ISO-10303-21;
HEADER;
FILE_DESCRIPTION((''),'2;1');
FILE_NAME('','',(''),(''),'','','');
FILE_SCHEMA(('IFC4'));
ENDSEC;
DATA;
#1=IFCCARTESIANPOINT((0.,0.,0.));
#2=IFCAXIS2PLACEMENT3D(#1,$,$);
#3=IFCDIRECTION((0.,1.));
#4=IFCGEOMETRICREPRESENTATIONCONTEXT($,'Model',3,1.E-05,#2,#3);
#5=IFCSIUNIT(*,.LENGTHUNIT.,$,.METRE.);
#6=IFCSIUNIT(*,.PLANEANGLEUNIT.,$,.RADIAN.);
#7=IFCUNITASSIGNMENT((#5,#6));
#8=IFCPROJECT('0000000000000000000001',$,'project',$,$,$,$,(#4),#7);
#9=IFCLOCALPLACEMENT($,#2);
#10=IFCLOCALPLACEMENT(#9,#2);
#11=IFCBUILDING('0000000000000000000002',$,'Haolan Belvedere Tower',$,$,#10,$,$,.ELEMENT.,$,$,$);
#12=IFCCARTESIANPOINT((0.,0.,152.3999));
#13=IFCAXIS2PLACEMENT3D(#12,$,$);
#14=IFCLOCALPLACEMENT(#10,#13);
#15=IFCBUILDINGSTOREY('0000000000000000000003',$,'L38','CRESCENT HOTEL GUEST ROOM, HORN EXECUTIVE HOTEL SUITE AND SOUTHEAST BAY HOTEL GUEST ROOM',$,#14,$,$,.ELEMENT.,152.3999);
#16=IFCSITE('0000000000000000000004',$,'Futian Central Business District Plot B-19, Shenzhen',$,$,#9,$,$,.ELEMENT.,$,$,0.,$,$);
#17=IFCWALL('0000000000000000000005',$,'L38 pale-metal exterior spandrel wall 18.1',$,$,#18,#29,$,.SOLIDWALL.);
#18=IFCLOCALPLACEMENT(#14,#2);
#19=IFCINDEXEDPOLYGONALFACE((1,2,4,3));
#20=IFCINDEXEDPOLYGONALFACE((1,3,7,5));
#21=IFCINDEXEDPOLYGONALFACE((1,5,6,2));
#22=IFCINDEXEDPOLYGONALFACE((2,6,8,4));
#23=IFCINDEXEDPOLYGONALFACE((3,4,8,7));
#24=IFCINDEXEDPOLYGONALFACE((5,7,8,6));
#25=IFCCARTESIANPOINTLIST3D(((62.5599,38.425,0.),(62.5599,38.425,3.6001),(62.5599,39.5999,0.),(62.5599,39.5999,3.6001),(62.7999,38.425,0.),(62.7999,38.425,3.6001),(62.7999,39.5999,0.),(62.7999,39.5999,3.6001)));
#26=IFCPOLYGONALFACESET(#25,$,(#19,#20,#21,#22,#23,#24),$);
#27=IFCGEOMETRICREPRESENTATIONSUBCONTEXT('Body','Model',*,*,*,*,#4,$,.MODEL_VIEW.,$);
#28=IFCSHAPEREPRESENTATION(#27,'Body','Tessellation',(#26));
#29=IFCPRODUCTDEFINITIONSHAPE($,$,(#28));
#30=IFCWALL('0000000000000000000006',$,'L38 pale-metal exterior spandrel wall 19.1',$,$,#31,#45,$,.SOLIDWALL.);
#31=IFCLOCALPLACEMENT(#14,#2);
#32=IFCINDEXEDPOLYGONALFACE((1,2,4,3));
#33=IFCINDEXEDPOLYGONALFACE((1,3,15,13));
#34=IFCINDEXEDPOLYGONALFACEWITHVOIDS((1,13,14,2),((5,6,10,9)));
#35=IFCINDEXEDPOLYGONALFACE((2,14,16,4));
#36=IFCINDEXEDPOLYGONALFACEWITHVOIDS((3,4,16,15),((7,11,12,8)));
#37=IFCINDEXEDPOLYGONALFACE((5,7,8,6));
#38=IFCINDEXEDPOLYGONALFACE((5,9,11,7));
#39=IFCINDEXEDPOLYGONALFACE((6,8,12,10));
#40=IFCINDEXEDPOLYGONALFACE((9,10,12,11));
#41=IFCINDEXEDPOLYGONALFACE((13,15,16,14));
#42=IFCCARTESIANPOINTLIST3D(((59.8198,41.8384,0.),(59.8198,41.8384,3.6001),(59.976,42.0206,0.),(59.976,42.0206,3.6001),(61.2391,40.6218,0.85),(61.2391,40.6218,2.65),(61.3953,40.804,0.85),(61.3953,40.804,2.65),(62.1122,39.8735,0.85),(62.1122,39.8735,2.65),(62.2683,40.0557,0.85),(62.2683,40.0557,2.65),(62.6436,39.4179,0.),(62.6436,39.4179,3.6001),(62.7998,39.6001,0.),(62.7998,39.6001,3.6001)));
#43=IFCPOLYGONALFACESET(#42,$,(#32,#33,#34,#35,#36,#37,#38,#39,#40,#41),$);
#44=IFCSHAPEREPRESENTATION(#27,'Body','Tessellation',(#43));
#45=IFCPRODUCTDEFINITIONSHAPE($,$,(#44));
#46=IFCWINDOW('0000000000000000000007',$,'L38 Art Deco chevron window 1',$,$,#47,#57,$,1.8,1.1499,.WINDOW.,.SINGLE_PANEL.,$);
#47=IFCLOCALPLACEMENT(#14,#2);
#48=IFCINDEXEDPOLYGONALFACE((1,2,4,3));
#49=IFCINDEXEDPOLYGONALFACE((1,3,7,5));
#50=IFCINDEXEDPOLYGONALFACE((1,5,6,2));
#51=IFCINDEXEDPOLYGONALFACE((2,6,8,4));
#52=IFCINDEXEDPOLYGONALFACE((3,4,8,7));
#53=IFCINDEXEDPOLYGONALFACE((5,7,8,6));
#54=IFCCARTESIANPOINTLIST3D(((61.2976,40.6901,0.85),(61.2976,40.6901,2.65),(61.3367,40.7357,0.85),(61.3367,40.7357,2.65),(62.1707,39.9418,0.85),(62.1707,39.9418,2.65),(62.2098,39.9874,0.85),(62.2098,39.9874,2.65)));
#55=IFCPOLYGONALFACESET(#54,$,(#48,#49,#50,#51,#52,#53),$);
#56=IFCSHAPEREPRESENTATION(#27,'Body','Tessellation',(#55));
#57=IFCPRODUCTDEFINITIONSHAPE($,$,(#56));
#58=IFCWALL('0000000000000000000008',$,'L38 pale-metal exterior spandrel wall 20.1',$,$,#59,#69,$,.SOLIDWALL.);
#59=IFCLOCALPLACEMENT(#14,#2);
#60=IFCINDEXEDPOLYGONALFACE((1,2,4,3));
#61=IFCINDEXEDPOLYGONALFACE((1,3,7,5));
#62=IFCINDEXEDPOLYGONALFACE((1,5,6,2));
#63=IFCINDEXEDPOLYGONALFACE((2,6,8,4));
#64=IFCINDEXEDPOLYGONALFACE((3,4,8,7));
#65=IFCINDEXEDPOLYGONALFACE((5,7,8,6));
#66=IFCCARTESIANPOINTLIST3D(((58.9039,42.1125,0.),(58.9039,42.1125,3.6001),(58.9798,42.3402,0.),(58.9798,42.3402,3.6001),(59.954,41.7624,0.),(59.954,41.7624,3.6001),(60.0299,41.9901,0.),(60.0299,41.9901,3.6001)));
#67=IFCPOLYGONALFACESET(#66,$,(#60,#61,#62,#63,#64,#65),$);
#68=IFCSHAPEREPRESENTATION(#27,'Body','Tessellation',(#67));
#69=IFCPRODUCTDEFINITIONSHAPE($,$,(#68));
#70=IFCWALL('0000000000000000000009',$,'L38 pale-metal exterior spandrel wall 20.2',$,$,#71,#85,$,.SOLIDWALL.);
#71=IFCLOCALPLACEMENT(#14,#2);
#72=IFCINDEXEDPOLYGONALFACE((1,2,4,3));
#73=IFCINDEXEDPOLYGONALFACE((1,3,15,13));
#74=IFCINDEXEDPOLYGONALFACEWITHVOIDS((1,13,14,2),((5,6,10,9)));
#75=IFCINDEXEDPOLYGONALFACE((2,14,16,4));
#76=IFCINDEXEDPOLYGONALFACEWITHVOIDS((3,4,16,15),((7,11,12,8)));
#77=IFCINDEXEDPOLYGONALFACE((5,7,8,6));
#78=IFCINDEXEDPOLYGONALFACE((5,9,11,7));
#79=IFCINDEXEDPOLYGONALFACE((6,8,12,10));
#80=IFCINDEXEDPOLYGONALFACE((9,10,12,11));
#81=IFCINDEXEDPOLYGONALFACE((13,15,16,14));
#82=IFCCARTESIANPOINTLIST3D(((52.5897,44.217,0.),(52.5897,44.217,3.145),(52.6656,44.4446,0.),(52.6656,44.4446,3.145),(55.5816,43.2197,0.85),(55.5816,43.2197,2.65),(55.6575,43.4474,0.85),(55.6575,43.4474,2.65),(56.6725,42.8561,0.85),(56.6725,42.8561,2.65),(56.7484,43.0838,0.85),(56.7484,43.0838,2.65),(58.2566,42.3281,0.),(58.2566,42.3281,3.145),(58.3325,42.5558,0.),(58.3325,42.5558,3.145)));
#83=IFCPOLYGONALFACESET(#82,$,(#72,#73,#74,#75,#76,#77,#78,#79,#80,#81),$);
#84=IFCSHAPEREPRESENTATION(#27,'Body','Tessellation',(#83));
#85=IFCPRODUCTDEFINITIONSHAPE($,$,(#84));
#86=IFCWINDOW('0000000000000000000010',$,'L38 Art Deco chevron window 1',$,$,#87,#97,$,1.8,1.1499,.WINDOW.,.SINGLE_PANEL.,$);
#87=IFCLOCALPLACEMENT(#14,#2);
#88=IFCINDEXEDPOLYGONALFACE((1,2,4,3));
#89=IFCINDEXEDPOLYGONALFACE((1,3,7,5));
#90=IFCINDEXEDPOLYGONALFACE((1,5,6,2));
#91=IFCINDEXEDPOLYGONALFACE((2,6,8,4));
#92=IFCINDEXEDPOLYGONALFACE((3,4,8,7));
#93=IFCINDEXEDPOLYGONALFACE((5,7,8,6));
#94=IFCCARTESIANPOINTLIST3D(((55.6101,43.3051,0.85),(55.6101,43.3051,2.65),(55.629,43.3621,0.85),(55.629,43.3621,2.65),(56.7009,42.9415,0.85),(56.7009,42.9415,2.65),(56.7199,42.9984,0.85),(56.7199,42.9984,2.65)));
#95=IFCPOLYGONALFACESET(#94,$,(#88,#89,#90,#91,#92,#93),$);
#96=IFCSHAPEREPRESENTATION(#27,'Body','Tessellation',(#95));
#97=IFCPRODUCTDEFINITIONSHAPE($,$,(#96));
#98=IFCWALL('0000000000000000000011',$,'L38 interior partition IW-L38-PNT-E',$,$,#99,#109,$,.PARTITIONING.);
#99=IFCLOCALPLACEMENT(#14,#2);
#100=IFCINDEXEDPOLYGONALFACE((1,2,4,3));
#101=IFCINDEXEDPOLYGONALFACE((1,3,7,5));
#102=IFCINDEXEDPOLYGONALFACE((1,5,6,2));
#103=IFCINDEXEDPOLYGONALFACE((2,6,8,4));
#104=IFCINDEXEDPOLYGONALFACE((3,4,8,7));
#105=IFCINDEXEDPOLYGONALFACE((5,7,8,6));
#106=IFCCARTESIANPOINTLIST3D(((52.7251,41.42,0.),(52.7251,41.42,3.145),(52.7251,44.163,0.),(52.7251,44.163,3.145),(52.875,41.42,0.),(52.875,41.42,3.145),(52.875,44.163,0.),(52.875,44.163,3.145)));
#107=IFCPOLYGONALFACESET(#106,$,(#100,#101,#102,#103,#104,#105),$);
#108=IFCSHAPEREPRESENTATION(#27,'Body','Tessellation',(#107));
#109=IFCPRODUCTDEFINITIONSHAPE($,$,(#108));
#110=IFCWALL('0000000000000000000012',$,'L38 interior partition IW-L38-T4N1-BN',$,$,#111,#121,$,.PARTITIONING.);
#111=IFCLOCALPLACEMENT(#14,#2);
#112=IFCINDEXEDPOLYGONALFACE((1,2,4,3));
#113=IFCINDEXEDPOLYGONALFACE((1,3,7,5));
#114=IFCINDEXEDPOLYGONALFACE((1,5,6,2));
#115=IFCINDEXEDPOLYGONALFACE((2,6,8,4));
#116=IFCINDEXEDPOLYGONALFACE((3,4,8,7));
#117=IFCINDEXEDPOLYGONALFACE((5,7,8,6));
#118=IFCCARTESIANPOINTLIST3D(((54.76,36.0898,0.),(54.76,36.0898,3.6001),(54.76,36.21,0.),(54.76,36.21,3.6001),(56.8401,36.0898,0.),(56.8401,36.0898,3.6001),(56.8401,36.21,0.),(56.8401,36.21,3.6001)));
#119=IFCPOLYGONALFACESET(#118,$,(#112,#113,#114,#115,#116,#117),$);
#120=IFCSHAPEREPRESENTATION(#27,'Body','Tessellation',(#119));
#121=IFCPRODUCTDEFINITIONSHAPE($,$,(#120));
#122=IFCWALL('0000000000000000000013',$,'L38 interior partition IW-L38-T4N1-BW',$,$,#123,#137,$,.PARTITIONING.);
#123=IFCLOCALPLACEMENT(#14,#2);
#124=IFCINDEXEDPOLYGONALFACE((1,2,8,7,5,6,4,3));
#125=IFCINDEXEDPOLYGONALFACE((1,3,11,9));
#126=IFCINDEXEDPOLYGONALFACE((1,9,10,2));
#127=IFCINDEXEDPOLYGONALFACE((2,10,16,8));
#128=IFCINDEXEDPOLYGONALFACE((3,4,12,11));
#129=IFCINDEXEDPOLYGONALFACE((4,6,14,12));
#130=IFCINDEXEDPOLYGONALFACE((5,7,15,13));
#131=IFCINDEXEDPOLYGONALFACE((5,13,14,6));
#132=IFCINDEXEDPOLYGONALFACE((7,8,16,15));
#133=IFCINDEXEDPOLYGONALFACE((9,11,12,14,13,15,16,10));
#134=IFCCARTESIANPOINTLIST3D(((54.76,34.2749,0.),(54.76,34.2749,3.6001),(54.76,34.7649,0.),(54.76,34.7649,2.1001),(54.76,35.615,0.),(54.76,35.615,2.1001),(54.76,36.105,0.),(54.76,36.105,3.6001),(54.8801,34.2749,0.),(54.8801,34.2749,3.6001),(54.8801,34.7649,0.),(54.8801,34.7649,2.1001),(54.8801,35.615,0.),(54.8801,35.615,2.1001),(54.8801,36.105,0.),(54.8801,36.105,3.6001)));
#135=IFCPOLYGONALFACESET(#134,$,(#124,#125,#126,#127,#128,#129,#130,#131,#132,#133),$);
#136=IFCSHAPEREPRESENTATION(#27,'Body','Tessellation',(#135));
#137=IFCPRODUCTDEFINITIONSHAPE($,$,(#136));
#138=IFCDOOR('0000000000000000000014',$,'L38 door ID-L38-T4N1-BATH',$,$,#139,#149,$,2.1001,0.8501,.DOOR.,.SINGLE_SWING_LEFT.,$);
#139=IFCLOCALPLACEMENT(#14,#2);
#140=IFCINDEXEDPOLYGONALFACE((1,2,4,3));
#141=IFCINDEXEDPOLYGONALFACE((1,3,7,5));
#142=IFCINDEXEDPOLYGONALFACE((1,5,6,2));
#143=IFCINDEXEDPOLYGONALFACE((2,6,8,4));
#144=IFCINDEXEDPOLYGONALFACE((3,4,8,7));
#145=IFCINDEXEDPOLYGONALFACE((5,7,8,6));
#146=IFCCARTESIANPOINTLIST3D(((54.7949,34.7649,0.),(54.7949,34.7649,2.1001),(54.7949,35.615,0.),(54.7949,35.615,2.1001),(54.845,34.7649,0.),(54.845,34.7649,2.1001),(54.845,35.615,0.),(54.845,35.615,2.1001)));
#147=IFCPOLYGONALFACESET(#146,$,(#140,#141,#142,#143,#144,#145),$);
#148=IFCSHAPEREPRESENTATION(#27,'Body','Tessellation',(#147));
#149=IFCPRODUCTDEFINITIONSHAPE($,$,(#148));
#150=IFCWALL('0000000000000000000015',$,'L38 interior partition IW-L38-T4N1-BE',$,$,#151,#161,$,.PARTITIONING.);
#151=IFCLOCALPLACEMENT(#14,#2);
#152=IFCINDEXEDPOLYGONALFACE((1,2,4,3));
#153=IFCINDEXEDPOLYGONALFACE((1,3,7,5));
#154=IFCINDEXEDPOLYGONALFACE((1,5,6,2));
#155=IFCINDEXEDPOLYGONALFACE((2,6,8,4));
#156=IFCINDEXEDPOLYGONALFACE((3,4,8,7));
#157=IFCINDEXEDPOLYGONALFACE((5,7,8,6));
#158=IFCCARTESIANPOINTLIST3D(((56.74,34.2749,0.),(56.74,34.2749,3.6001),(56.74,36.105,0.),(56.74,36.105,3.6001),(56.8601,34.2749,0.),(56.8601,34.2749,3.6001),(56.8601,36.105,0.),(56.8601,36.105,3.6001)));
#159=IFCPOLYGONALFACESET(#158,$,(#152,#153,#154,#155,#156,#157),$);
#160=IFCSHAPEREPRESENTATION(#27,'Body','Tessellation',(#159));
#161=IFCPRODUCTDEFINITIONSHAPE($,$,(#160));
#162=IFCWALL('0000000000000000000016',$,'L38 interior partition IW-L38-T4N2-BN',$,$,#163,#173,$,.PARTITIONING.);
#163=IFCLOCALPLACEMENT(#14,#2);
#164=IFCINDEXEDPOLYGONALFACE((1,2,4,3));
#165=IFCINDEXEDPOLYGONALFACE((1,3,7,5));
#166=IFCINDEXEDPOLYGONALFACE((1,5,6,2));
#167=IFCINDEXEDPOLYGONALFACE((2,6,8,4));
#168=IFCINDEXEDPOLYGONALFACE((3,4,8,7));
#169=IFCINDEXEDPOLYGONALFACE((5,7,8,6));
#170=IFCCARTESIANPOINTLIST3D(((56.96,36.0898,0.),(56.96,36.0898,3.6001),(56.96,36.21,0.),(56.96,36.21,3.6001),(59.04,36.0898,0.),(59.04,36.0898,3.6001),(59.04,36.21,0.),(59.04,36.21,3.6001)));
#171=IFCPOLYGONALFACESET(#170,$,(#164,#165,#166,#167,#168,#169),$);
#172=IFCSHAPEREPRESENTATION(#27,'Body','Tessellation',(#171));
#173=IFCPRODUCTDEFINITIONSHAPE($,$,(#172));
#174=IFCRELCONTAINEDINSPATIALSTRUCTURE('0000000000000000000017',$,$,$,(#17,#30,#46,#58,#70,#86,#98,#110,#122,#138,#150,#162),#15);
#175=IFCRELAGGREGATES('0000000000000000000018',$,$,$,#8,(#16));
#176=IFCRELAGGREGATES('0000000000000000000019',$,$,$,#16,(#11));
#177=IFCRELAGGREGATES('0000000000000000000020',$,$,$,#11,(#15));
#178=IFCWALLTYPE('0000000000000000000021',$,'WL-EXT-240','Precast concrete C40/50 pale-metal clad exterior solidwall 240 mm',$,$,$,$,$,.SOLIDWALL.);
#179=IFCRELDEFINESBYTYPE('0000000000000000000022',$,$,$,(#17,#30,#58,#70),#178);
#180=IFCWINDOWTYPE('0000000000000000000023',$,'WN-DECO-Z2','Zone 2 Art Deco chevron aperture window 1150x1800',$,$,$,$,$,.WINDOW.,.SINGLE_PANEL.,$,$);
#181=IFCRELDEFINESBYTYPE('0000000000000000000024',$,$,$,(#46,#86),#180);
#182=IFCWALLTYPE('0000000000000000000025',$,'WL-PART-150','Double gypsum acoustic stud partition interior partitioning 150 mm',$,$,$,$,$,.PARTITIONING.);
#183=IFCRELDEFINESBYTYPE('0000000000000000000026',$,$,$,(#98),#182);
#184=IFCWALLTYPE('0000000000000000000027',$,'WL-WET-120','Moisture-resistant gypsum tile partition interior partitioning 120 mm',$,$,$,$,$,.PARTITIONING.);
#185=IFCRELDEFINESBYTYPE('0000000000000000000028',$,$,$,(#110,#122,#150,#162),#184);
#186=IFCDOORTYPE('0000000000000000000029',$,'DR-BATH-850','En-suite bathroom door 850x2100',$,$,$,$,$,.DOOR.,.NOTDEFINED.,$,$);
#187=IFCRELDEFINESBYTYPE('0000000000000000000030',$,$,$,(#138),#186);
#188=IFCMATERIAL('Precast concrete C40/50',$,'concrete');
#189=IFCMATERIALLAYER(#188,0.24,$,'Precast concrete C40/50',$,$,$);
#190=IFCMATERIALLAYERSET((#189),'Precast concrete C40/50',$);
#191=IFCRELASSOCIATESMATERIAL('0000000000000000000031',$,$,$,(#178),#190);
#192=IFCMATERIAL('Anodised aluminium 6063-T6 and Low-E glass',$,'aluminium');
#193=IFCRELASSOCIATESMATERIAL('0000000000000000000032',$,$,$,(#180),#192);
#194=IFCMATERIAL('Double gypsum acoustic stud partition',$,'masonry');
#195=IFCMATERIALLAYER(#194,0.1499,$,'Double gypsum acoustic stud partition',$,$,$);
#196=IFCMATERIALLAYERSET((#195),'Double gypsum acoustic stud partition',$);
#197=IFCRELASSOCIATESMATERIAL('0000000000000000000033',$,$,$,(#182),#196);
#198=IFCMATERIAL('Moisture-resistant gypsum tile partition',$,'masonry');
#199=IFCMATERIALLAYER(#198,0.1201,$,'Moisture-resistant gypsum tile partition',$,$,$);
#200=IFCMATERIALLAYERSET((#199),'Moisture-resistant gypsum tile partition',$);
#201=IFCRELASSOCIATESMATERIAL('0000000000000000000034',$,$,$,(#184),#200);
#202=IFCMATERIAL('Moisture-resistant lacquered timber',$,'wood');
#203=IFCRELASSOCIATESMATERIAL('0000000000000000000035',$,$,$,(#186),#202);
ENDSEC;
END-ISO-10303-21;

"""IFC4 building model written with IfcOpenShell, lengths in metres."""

from ifc_helpers import new_model, si_unit, direction, frame, frame_2d, origin, place, context, subcontext, project, spatial, rectangle, extrude, material, layer, layer_set, type_object, element, fill, save


model = new_model("IFC4")

# Units and contexts
model_context = context("Model", 3, precision=1e-05, world=origin(), true_north=direction((0.0, 1.0)))
body_context = subcontext(model_context, "Body", "Model", "MODEL_VIEW")
ifc_project = project(units=[si_unit("LENGTHUNIT", "METRE"), si_unit("PLANEANGLEUNIT", "RADIAN")], contexts=[model_context])

# Site, building, storey
site_placement = place(None, origin())
site = spatial("IfcSite", under=ifc_project, at=site_placement, Name="Futian Central Business District Plot B-19, Shenzhen", CompositionType="ELEMENT", RefElevation=0.0)
building_placement = place(site_placement, origin())
building = spatial("IfcBuilding", under=site, at=building_placement, Name="Haolan Belvedere Tower", CompositionType="ELEMENT")
storey_placement = place(building_placement, frame((0.0, 0.0, 152.3999)))
storey = spatial("IfcBuildingStorey", under=building, at=storey_placement, Name="L38", Description="CRESCENT HOTEL GUEST ROOM, HORN EXECUTIVE HOTEL SUITE AND SOUTHEAST BAY HOTEL GUEST ROOM", CompositionType="ELEMENT", Elevation=152.3999)

# Wall
ifc_material_1 = material(Name="Precast concrete C40/50", Category="concrete")
ifc_layer_1 = layer(ifc_material_1, 0.24, Name="Precast concrete C40/50")
ifc_layer_set_1 = layer_set([ifc_layer_1], Name="Precast concrete C40/50")
wall_type_1 = type_object("IfcWallType", Name="WL-EXT-240", Description="Precast concrete C40/50 pale-metal clad exterior solidwall 240 mm", PredefinedType="SOLIDWALL", material=ifc_layer_set_1)
wall_1_placement = place(storey_placement, frame((62.6799, 38.425, 0.0), z_axis=(0.0, 0.0, 1.0), x_axis=(0.0, 1.0, 0.0)))
element("IfcWall", 1, at=wall_1_placement, inside=storey, type_object=wall_type_1, Name="L38 pale-metal exterior spandrel wall 18.1", PredefinedType="SOLIDWALL", context=body_context, shape_type="SweptSolid", body=[
    extrude(rectangle(XDim=1.1748, YDim=0.24, at=frame_2d((0.5874, 0.0))), origin(), (0.0, 0.0, 1.0), 3.6001),
])

# Wall, opening, window
wall_2_placement = place(storey_placement, frame((62.7217, 39.509, 0.0), z_axis=(0.0, 0.0, 1.0), x_axis=(-0.759247, 0.650802, 0.0)))
wall_2 = element("IfcWall", 2, at=wall_2_placement, inside=storey, type_object=wall_type_1, Name="L38 pale-metal exterior spandrel wall 19.1", PredefinedType="SOLIDWALL", context=body_context, shape_type="SweptSolid", body=[
    extrude(rectangle(XDim=3.7192, YDim=0.24, at=frame_2d((1.8596, 0.0))), origin(), (0.0, 0.0, 1.0), 3.6001),
])
opening_1_placement = place(wall_2_placement, frame((0.7, 0.0, 0.8501)))
opening_1 = element("IfcOpeningElement", 3, at=opening_1_placement, cuts=wall_2, PredefinedType="OPENING", context=body_context, shape_type="SweptSolid", body=[
    extrude(rectangle(XDim=1.1499, YDim=1.8, at=frame_2d((0.575, 0.8999))), frame((0.0, 0.1299, 0.0), z_axis=(0.0, -1.0, 0.0), x_axis=(1.0, 0.0, 0.0)), (0.0, 0.0, 1.0), 0.26),
])
ifc_material_2 = material(Name="Anodised aluminium 6063-T6 and Low-E glass", Category="aluminium")
window_type = type_object("IfcWindowType", Name="WN-DECO-Z2", Description="Zone 2 Art Deco chevron aperture window 1150x1800", PartitioningType="SINGLE_PANEL", PredefinedType="WINDOW", material=ifc_material_2)
window_1_placement = place(opening_1_placement, origin())
window_1 = element("IfcWindow", 4, at=window_1_placement, inside=storey, type_object=window_type, Name="L38 Art Deco chevron window 1", OverallHeight=1.8, OverallWidth=1.1499, PartitioningType="SINGLE_PANEL", PredefinedType="WINDOW", context=body_context, shape_type="SweptSolid", body=[
    extrude(rectangle(XDim=1.1499, YDim=1.8, at=frame_2d((0.575, 0.8999))), frame((0.0, 0.03, 0.0), z_axis=(0.0, -1.0, 0.0), x_axis=(1.0, 0.0, 0.0)), (0.0, 0.0, 1.0), 0.0601),
])
fill(opening_1, window_1)

# Wall
wall_3_placement = place(storey_placement, frame((59.9919, 41.8762, 0.0), z_axis=(0.0, 0.0, 1.0), x_axis=(-0.948661, 0.316294, 0.0)))
element("IfcWall", 5, at=wall_3_placement, inside=storey, type_object=wall_type_1, Name="L38 pale-metal exterior spandrel wall 20.1", PredefinedType="SOLIDWALL", context=body_context, shape_type="SweptSolid", body=[
    extrude(rectangle(XDim=1.1069, YDim=0.24, at=frame_2d((0.5535, 0.0))), origin(), (0.0, 0.0, 1.0), 3.6001),
])

# Wall, opening, window
wall_4_placement = place(storey_placement, frame((58.2947, 42.4419, 0.0), z_axis=(0.0, 0.0, 1.0), x_axis=(-0.948687, 0.316216, 0.0)))
wall_4 = element("IfcWall", 6, at=wall_4_placement, inside=storey, type_object=wall_type_1, Name="L38 pale-metal exterior spandrel wall 20.2", PredefinedType="SOLIDWALL", context=body_context, shape_type="SweptSolid", body=[
    extrude(rectangle(XDim=5.9734, YDim=0.24, at=frame_2d((2.9868, 0.0))), origin(), (0.0, 0.0, 1.0), 3.145),
])
opening_2_placement = place(wall_4_placement, frame((1.6699, 0.0, 0.8501)))
opening_2 = element("IfcOpeningElement", 7, at=opening_2_placement, cuts=wall_4, PredefinedType="OPENING", context=body_context, shape_type="SweptSolid", body=[
    extrude(rectangle(XDim=1.1499, YDim=1.8, at=frame_2d((0.575, 0.8999))), frame((0.0, 0.1299, 0.0), z_axis=(0.0, -1.0, 0.0), x_axis=(1.0, 0.0, 0.0)), (0.0, 0.0, 1.0), 0.26),
])
window_2_placement = place(opening_2_placement, origin())
window_2 = element("IfcWindow", 8, at=window_2_placement, inside=storey, type_object=window_type, Name="L38 Art Deco chevron window 1", OverallHeight=1.8, OverallWidth=1.1499, PartitioningType="SINGLE_PANEL", PredefinedType="WINDOW", context=body_context, shape_type="SweptSolid", body=[
    extrude(rectangle(XDim=1.1499, YDim=1.8, at=frame_2d((0.575, 0.8999))), frame((0.0, 0.03, 0.0), z_axis=(0.0, -1.0, 0.0), x_axis=(1.0, 0.0, 0.0)), (0.0, 0.0, 1.0), 0.0601),
])
fill(opening_2, window_2)

# Walls
ifc_material_3 = material(Name="Double gypsum acoustic stud partition", Category="masonry")
ifc_layer_2 = layer(ifc_material_3, 0.1499, Name="Double gypsum acoustic stud partition")
ifc_layer_set_2 = layer_set([ifc_layer_2], Name="Double gypsum acoustic stud partition")
wall_type_2 = type_object("IfcWallType", Name="WL-PART-150", Description="Double gypsum acoustic stud partition interior partitioning 150 mm", PredefinedType="PARTITIONING", material=ifc_layer_set_2)
wall_5_placement = place(storey_placement, frame((52.8, 41.4199, 0.0), z_axis=(0.0, 0.0, 1.0), x_axis=(0.0, 1.0, 0.0)))
element("IfcWall", 9, at=wall_5_placement, inside=storey, type_object=wall_type_2, Name="L38 interior partition IW-L38-PNT-E", PredefinedType="PARTITIONING", context=body_context, shape_type="SweptSolid", body=[
    extrude(rectangle(XDim=2.7429, YDim=0.1499, at=frame_2d((1.3716, 0.0))), origin(), (0.0, 0.0, 1.0), 3.145),
])
ifc_material_4 = material(Name="Moisture-resistant gypsum tile partition", Category="masonry")
ifc_layer_3 = layer(ifc_material_4, 0.1201, Name="Moisture-resistant gypsum tile partition")
ifc_layer_set_3 = layer_set([ifc_layer_3], Name="Moisture-resistant gypsum tile partition")
wall_type_3 = type_object("IfcWallType", Name="WL-WET-120", Description="Moisture-resistant gypsum tile partition interior partitioning 120 mm", PredefinedType="PARTITIONING", material=ifc_layer_set_3)
wall_6_placement = place(storey_placement, frame((54.76, 36.1499, 0.0), z_axis=(0.0, 0.0, 1.0), x_axis=(1.0, 0.0, 0.0)))
element("IfcWall", 10, at=wall_6_placement, inside=storey, type_object=wall_type_3, Name="L38 interior partition IW-L38-T4N1-BN", PredefinedType="PARTITIONING", context=body_context, shape_type="SweptSolid", body=[
    extrude(rectangle(XDim=2.0801, YDim=0.1201, at=frame_2d((1.04, 0.0))), origin(), (0.0, 0.0, 1.0), 3.6001),
])

# Wall, opening, door
wall_7_placement = place(storey_placement, frame((54.8201, 34.2749, 0.0), z_axis=(0.0, 0.0, 1.0), x_axis=(0.0, 1.0, 0.0)))
wall_7 = element("IfcWall", 11, at=wall_7_placement, inside=storey, type_object=wall_type_3, Name="L38 interior partition IW-L38-T4N1-BW", PredefinedType="PARTITIONING", context=body_context, shape_type="SweptSolid", body=[
    extrude(rectangle(XDim=1.8301, YDim=0.1201, at=frame_2d((0.915, 0.0))), origin(), (0.0, 0.0, 1.0), 3.6001),
])
opening_3_placement = place(wall_7_placement, frame((1.3401, 0.0, 0.0), z_axis=(0.0, 0.0, 1.0), x_axis=(-1.0, 0.0, 0.0)))
opening_3 = element("IfcOpeningElement", 12, at=opening_3_placement, cuts=wall_7, PredefinedType="OPENING", context=body_context, shape_type="SweptSolid", body=[
    extrude(rectangle(XDim=0.8501, YDim=2.1001, at=frame_2d((0.425, 1.05))), frame((0.0, 0.0701, 0.0), z_axis=(0.0, -1.0, 0.0), x_axis=(1.0, 0.0, 0.0)), (0.0, 0.0, 1.0), 0.1401),
])
ifc_material_5 = material(Name="Moisture-resistant lacquered timber", Category="wood")
door_type = type_object("IfcDoorType", Name="DR-BATH-850", Description="En-suite bathroom door 850x2100", OperationType="NOTDEFINED", PredefinedType="DOOR", material=ifc_material_5)
door_1_placement = place(opening_3_placement, origin())
door_1 = element("IfcDoor", 13, at=door_1_placement, inside=storey, type_object=door_type, Name="L38 door ID-L38-T4N1-BATH", OperationType="SINGLE_SWING_LEFT", OverallHeight=2.1001, OverallWidth=0.8501, PredefinedType="DOOR", context=body_context, shape_type="SweptSolid", body=[
    extrude(rectangle(XDim=0.8501, YDim=2.1001, at=frame_2d((0.425, 1.05))), frame((0.0, 0.0249, 0.0), z_axis=(0.0, -1.0, 0.0), x_axis=(1.0, 0.0, 0.0)), (0.0, 0.0, 1.0), 0.05),
])
fill(opening_3, door_1)

# Walls
wall_8_placement = place(storey_placement, frame((56.8, 34.2749, 0.0), z_axis=(0.0, 0.0, 1.0), x_axis=(0.0, 1.0, 0.0)))
element("IfcWall", 14, at=wall_8_placement, inside=storey, type_object=wall_type_3, Name="L38 interior partition IW-L38-T4N1-BE", PredefinedType="PARTITIONING", context=body_context, shape_type="SweptSolid", body=[
    extrude(rectangle(XDim=1.8301, YDim=0.1201, at=frame_2d((0.915, 0.0))), origin(), (0.0, 0.0, 1.0), 3.6001),
])
wall_9_placement = place(storey_placement, frame((56.96, 36.1499, 0.0), z_axis=(0.0, 0.0, 1.0), x_axis=(1.0, 0.0, 0.0)))
element("IfcWall", 15, at=wall_9_placement, inside=storey, type_object=wall_type_3, Name="L38 interior partition IW-L38-T4N2-BN", PredefinedType="PARTITIONING", context=body_context, shape_type="SweptSolid", body=[
    extrude(rectangle(XDim=2.0801, YDim=0.1201, at=frame_2d((1.04, 0.0))), origin(), (0.0, 0.0, 1.0), 3.6001),
])

save(model, "model.ifc")
